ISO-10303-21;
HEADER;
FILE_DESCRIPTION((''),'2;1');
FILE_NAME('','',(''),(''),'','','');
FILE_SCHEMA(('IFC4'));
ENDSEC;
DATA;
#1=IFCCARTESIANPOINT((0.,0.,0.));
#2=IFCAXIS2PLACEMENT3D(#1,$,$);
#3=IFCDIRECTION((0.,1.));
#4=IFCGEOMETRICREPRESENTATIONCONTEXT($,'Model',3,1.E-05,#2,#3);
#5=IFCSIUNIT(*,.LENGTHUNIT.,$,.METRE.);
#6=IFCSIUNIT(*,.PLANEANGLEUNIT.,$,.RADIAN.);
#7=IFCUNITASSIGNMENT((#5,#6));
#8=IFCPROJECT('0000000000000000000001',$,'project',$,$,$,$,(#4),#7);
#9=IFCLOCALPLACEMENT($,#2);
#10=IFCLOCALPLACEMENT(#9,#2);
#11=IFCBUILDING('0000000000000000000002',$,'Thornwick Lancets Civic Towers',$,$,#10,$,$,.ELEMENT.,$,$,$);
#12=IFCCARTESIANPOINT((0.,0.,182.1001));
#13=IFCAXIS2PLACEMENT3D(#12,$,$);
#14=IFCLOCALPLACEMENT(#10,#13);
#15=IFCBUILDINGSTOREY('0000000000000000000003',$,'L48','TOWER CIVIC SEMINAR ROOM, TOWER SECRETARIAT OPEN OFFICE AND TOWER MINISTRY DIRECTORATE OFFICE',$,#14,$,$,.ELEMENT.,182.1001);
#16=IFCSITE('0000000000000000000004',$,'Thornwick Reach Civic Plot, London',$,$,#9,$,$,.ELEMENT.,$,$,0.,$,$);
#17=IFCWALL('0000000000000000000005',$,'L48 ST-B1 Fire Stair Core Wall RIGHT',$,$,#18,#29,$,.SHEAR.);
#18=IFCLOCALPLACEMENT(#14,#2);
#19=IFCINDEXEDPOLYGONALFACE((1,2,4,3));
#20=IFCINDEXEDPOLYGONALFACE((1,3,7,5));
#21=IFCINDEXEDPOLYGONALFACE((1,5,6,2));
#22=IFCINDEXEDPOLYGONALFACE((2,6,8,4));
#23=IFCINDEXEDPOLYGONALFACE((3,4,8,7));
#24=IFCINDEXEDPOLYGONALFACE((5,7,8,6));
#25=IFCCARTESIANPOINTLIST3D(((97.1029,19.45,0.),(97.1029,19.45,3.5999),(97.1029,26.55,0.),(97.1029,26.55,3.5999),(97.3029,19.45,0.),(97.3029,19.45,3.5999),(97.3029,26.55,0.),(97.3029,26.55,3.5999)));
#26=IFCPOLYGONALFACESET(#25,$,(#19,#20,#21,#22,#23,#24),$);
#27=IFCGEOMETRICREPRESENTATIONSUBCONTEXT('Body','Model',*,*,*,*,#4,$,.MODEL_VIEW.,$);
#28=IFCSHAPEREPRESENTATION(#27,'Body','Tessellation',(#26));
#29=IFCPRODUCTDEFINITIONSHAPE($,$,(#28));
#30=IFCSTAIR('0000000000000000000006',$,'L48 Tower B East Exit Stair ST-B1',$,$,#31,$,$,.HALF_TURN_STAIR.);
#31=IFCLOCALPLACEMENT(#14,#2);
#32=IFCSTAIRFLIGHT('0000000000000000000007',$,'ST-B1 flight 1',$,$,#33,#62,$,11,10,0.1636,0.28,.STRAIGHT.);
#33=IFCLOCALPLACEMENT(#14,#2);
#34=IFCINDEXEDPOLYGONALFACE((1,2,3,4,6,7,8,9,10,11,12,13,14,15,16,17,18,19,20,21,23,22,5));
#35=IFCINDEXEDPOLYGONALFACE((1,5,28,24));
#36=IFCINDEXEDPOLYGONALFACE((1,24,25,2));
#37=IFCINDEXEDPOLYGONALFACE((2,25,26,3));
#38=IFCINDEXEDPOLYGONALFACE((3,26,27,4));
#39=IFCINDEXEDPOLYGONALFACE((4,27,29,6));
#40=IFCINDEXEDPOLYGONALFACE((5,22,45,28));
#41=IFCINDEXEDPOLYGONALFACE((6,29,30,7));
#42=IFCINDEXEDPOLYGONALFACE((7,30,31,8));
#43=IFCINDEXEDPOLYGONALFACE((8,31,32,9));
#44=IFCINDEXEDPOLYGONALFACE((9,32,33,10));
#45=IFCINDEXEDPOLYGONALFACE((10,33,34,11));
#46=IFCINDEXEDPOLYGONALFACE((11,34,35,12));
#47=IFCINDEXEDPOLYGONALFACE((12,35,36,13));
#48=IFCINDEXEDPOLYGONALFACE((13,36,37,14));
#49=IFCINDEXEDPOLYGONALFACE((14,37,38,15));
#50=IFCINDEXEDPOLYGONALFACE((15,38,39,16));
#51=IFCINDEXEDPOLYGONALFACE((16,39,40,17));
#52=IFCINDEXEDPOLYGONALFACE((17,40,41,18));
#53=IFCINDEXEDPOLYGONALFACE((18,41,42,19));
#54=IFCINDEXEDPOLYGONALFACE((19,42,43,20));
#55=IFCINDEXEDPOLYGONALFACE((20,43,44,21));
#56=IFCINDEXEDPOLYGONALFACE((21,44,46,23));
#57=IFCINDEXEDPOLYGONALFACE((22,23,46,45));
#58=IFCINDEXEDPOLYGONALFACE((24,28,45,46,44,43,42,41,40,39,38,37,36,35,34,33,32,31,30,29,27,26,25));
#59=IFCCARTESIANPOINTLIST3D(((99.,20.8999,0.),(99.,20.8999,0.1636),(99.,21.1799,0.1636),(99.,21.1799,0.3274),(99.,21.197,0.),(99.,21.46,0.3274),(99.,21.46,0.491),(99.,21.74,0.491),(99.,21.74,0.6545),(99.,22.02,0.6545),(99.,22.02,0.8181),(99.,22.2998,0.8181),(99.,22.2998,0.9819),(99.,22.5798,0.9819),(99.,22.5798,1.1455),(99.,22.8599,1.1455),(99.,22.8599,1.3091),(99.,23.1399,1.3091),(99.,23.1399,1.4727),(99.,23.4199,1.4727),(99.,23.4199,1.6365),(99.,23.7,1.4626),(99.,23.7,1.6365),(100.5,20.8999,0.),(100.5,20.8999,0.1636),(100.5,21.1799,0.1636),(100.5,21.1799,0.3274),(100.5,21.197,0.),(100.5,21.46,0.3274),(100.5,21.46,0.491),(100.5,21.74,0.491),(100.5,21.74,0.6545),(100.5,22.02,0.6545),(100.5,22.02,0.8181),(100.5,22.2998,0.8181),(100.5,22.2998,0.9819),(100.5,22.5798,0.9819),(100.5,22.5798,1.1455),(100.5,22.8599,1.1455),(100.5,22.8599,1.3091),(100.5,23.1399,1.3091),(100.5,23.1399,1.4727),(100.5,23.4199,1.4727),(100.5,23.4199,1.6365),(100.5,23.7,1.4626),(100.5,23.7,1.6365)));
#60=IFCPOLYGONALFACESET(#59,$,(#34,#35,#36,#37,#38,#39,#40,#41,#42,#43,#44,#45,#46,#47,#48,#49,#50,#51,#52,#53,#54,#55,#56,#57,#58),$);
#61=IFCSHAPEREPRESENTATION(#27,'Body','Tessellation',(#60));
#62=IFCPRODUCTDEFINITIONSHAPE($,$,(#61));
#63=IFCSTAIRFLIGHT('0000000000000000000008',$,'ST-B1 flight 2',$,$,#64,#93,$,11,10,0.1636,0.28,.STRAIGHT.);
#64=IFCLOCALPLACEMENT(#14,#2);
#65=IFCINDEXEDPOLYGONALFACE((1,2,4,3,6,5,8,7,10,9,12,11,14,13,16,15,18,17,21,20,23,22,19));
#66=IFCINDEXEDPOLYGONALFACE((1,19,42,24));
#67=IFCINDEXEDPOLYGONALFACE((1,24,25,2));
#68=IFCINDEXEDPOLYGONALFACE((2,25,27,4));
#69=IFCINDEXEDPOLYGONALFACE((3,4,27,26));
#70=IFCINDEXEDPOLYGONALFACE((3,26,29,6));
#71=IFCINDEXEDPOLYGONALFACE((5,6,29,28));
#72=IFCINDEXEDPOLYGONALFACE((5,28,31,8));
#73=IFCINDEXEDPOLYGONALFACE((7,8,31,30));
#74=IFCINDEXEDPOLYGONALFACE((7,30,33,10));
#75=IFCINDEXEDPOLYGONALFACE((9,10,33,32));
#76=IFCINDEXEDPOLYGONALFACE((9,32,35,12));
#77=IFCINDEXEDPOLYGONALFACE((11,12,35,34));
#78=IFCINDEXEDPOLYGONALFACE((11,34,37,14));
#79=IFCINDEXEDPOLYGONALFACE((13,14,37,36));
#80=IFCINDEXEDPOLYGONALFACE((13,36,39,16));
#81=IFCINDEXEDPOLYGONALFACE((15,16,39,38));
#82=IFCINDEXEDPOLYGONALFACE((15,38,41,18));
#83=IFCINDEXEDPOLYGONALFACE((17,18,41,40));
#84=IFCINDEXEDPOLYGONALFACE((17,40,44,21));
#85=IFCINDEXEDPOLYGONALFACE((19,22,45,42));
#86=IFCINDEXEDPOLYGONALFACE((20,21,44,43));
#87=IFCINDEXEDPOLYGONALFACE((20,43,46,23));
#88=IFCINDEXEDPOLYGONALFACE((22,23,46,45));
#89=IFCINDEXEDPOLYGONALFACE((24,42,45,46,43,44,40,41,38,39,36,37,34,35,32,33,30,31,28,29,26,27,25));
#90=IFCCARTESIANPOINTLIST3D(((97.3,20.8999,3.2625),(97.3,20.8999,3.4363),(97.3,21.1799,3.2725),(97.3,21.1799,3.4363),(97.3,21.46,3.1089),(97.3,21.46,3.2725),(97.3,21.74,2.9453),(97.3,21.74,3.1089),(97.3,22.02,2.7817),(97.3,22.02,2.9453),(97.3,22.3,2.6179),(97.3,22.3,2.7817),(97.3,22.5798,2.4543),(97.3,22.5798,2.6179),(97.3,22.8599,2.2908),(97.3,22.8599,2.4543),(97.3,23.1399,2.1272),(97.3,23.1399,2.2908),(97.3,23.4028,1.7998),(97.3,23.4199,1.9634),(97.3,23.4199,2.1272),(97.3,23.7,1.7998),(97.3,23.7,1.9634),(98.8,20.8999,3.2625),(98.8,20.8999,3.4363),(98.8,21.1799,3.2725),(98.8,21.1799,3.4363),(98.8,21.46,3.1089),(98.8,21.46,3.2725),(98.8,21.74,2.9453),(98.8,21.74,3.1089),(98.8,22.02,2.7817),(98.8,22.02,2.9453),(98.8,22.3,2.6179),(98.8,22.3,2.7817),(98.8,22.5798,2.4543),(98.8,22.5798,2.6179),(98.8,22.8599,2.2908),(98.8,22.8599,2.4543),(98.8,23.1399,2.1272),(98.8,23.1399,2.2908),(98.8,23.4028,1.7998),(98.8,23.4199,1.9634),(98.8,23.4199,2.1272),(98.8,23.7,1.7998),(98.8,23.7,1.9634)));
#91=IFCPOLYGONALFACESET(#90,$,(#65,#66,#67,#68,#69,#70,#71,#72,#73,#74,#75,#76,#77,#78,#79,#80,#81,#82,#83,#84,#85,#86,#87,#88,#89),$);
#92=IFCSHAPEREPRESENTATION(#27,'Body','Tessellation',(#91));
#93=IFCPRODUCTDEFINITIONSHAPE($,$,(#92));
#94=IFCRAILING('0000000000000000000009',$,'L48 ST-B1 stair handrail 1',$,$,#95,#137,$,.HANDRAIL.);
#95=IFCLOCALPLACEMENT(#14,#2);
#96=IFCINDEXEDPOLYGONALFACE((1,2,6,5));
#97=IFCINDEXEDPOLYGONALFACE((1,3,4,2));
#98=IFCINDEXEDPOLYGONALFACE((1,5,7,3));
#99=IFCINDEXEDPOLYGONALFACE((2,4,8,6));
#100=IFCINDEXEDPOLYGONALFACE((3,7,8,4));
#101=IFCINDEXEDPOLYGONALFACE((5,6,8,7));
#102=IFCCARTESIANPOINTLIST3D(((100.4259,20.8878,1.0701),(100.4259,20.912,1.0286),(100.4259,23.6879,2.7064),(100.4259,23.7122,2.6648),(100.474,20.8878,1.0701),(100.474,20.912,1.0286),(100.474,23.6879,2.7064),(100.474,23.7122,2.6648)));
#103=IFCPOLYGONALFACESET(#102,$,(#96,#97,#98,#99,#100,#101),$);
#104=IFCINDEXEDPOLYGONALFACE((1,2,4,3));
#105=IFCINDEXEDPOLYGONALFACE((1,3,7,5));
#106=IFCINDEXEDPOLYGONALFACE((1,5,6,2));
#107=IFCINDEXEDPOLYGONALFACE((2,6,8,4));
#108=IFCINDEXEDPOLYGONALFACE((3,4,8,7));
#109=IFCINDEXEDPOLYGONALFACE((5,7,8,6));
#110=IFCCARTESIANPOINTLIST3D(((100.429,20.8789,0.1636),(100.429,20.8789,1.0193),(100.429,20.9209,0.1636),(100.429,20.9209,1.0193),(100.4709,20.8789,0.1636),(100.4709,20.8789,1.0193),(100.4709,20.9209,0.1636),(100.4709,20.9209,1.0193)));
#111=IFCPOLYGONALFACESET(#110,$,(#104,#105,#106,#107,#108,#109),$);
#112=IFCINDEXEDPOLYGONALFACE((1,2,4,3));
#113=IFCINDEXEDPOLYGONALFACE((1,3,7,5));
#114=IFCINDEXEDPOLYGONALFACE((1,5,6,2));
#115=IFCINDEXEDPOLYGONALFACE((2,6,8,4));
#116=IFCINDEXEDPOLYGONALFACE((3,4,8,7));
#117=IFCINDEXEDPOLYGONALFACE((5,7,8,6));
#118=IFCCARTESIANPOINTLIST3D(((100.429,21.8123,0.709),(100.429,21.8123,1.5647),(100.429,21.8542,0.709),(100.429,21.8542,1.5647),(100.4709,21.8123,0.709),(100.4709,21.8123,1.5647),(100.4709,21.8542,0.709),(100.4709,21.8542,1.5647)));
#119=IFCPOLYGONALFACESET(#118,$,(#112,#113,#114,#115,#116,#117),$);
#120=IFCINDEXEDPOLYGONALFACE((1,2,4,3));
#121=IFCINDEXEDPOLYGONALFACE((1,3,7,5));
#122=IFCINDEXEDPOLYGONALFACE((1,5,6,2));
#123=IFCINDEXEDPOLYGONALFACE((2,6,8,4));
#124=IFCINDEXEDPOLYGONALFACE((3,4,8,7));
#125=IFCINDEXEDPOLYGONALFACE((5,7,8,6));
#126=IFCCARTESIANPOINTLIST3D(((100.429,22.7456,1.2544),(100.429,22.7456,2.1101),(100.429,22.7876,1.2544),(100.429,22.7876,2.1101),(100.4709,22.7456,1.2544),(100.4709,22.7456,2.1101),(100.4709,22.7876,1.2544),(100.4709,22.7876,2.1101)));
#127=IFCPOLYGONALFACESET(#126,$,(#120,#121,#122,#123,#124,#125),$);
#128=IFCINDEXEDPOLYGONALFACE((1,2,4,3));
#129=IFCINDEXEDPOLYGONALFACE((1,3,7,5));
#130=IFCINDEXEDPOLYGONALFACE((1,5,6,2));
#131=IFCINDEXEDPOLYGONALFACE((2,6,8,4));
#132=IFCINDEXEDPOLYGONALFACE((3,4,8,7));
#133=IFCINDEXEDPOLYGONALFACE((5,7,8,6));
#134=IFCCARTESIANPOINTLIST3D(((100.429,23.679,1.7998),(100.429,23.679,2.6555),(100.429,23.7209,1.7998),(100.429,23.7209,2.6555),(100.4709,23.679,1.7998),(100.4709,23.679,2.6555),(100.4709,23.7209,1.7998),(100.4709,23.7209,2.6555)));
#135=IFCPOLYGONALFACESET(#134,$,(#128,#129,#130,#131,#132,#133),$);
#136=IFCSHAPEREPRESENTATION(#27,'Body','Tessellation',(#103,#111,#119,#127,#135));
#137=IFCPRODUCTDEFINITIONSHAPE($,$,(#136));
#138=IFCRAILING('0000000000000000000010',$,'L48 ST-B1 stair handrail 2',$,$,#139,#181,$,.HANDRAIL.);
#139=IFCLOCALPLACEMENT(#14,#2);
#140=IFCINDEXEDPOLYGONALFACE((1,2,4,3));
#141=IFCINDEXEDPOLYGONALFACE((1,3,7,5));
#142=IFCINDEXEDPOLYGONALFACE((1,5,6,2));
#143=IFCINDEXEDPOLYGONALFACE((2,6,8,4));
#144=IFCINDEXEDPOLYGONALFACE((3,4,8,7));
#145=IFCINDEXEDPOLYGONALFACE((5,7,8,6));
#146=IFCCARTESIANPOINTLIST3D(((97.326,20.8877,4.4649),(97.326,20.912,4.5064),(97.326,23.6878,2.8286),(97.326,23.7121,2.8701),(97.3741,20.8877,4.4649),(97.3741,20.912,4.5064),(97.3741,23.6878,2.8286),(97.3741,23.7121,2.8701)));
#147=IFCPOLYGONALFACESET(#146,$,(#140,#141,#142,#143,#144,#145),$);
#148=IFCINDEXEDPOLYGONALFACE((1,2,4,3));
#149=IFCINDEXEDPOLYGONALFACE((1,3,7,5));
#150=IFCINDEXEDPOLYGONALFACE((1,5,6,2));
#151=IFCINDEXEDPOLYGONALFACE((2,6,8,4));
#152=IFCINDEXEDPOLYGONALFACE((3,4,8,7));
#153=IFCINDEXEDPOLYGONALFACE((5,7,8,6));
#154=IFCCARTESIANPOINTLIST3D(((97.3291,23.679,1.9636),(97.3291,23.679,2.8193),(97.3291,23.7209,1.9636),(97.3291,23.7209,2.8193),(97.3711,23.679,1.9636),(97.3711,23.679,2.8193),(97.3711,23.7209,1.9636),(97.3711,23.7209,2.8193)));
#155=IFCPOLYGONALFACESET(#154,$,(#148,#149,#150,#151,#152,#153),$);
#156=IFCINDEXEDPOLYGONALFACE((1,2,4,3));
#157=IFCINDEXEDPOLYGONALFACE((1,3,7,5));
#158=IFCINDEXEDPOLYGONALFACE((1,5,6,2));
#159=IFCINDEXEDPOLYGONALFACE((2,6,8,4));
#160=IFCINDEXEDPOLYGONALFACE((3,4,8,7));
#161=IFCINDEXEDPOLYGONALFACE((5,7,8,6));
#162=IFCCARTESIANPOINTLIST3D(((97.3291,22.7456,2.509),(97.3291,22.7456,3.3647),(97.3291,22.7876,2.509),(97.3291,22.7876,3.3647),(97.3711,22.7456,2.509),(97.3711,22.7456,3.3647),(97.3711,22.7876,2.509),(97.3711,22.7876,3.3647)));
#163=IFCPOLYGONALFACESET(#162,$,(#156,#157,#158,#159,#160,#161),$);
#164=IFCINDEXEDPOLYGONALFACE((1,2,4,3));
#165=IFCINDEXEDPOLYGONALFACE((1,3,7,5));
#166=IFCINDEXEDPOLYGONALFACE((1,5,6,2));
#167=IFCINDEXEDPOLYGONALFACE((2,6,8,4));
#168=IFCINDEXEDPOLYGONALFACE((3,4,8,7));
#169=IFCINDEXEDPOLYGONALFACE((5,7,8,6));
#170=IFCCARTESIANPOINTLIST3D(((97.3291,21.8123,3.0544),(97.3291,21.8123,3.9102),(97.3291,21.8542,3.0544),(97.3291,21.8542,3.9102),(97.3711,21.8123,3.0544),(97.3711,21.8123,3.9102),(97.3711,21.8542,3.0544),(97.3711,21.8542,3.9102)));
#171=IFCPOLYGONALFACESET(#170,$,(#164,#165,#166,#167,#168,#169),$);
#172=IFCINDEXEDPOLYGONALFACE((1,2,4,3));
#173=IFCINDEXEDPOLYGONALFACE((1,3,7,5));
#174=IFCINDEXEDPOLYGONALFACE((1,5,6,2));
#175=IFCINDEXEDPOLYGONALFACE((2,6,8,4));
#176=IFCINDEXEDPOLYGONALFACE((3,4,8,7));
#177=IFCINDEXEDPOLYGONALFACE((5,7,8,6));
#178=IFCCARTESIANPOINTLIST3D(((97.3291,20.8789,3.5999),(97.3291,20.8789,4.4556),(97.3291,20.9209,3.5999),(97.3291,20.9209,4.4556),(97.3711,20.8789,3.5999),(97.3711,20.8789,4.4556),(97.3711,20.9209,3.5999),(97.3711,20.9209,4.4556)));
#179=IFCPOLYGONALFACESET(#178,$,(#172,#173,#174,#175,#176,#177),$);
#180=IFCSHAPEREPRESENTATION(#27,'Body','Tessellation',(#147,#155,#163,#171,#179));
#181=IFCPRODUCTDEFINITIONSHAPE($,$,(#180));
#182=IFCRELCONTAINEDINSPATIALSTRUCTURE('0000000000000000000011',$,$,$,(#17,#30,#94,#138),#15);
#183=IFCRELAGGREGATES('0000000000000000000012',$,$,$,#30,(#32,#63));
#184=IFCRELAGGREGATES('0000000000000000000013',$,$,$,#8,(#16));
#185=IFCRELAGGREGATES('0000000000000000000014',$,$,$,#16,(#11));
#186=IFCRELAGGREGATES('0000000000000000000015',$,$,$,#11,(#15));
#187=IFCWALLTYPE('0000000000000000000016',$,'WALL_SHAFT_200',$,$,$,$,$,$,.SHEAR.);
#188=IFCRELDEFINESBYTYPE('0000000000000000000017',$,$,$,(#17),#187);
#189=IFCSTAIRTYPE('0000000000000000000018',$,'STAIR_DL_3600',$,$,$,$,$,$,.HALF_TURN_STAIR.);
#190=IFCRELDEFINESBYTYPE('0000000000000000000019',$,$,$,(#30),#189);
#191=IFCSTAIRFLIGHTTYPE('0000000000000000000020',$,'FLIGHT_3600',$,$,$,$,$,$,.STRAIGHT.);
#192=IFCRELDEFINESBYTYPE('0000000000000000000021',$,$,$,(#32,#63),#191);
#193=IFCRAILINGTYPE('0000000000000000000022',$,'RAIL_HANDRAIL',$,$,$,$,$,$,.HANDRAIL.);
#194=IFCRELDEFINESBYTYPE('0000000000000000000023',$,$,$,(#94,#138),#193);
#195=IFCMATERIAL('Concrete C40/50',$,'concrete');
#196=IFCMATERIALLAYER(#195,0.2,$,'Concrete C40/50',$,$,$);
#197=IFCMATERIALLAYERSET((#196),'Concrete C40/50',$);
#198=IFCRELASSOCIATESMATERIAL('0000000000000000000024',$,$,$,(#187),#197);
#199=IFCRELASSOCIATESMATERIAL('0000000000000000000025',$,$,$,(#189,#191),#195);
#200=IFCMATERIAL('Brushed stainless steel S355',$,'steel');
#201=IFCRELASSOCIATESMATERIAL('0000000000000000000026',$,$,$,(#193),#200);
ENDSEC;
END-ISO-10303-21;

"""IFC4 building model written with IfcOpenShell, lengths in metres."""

from ifc_helpers import new_model, si_unit, direction, frame, frame_2d, origin, origin_2d, place, context, subcontext, project, spatial, polyline, rectangle, outline, extrude, material, layer, layer_set, type_object, element, aggregate, save


model = new_model("IFC4")

# Units and contexts
model_context = context("Model", 3, precision=1e-05, world=origin(), true_north=direction((0.0, 1.0)))
body_context = subcontext(model_context, "Body", "Model", "MODEL_VIEW")
ifc_project = project(units=[si_unit("LENGTHUNIT", "METRE"), si_unit("PLANEANGLEUNIT", "RADIAN")], contexts=[model_context])

# Site, building, storey
site_placement = place(None, origin())
site = spatial("IfcSite", under=ifc_project, at=site_placement, Name="Thornwick Reach Civic Plot, London", CompositionType="ELEMENT", RefElevation=0.0)
building_placement = place(site_placement, origin())
building = spatial("IfcBuilding", under=site, at=building_placement, Name="Thornwick Lancets Civic Towers", CompositionType="ELEMENT")
storey_placement = place(building_placement, frame((0.0, 0.0, 182.1001)))
storey = spatial("IfcBuildingStorey", under=building, at=storey_placement, Name="L48", Description="TOWER CIVIC SEMINAR ROOM, TOWER SECRETARIAT OPEN OFFICE AND TOWER MINISTRY DIRECTORATE OFFICE", CompositionType="ELEMENT", Elevation=182.1001)

# Shared definitions
ifc_material_1 = material(Name="Concrete C40/50", Category="concrete")

# Shared definitions
ifc_layer_1 = layer(ifc_material_1, 0.2, Name="Concrete C40/50")
ifc_layer_set_1 = layer_set([ifc_layer_1], Name="Concrete C40/50")
wall_type_1 = type_object("IfcWallType", Name="WALL_SHAFT_200", PredefinedType="SHEAR", material=ifc_layer_set_1)

# Wall
wall_1_placement = place(storey_placement, frame((97.2029, 26.55, 0.0), z_axis=(0.0, 0.0, 1.0), x_axis=(0.0, -1.0, 0.0)))
element("IfcWall", 1, at=wall_1_placement, inside=storey, type_object=wall_type_1, Name="L48 ST-B1 Fire Stair Core Wall RIGHT", PredefinedType="SHEAR", context=body_context, shape_type="SweptSolid", body=[
    extrude(rectangle(XDim=7.1001, YDim=0.2, at=frame_2d((3.55, 0.0))), origin(), (0.0, 0.0, 1.0), 3.5999),
])

# Stair, stair flights
stair_type = type_object("IfcStairType", Name="STAIR_DL_3600", PredefinedType="HALF_TURN_STAIR", material=ifc_material_1)
stair_placement = place(storey_placement, origin())
stair = element("IfcStair", 2, at=stair_placement, inside=storey, type_object=stair_type, Name="L48 Tower B East Exit Stair ST-B1", PredefinedType="HALF_TURN_STAIR")
stair_flight_type = type_object("IfcStairFlightType", Name="FLIGHT_3600", PredefinedType="STRAIGHT", material=ifc_material_1)
stair_flight_1_placement = place(storey_placement, frame((99.75, 20.8999, 0.0), z_axis=(0.0, 0.0, 1.0), x_axis=(0.0, 1.0, 0.0)))
stair_flight_1 = element("IfcStairFlight", 3, at=stair_flight_1_placement, type_object=stair_flight_type, Name="ST-B1 flight 1", NumberOfRisers=11, NumberOfTreads=10, PredefinedType="STRAIGHT", RiserHeight=0.1636, TreadLength=0.28, context=body_context, shape_type="SweptSolid", body=[
    extrude(outline(polyline([(0.0, 0.0), (0.0, 0.1636), (0.28, 0.1636), (0.28, 0.3274), (0.5601, 0.3274), (0.5601, 0.491), (0.8401, 0.491), (0.8401, 0.6545), (1.1201, 0.6545), (1.1201, 0.8181), (1.3999, 0.8181), (1.3999, 0.9819), (1.6799, 0.9819), (1.6799, 1.1455), (1.96, 1.1455), (1.96, 1.3091), (2.24, 1.3091), (2.24, 1.4727), (2.52, 1.4727), (2.52, 1.6365), (2.8, 1.6365), (2.8, 1.8), (2.8, 1.4626), (0.2971, 0.0), (0.0, 0.0)])), frame((0.0, 0.75, 0.0), z_axis=(0.0, -1.0, 0.0), x_axis=(1.0, 0.0, 0.0)), (0.0, 0.0, 1.0), 1.5),
])
stair_flight_2_placement = place(storey_placement, frame((98.05, 23.7, 1.7998), z_axis=(0.0, 0.0, 1.0), x_axis=(0.0, -1.0, 0.0)))
stair_flight_2 = element("IfcStairFlight", 4, at=stair_flight_2_placement, type_object=stair_flight_type, Name="ST-B1 flight 2", NumberOfRisers=11, NumberOfTreads=10, PredefinedType="STRAIGHT", RiserHeight=0.1636, TreadLength=0.28, context=body_context, shape_type="SweptSolid", body=[
    extrude(outline(polyline([(0.0, 0.0), (0.0, 0.1636), (0.28, 0.1636), (0.28, 0.3274), (0.5601, 0.3274), (0.5601, 0.491), (0.8401, 0.491), (0.8401, 0.6545), (1.1201, 0.6545), (1.1201, 0.8181), (1.3999, 0.8181), (1.3999, 0.9819), (1.6799, 0.9819), (1.6799, 1.1455), (1.96, 1.1455), (1.96, 1.3091), (2.24, 1.3091), (2.24, 1.4727), (2.52, 1.4727), (2.52, 1.6365), (2.8, 1.6365), (2.8, 1.8), (2.8, 1.4626), (0.2971, 0.0), (0.0, 0.0)])), frame((0.0, 0.75, 0.0), z_axis=(0.0, -1.0, 0.0), x_axis=(1.0, 0.0, 0.0)), (0.0, 0.0, 1.0), 1.5),
])
aggregate(stair, [stair_flight_1, stair_flight_2])

# Railings
ifc_material_2 = material(Name="Brushed stainless steel S355", Category="steel")
railing_type_1 = type_object("IfcRailingType", Name="RAIL_HANDRAIL", PredefinedType="HANDRAIL", material=ifc_material_2)
railing_1_placement = place(storey_placement, frame((100.45, 20.8999, 0.1636)))
element("IfcRailing", 5, at=railing_1_placement, inside=storey, type_object=railing_type_1, Name="L48 ST-B1 stair handrail 1", PredefinedType="HANDRAIL", context=body_context, shape_type="SweptSolid", body=[
    extrude(rectangle(XDim=0.0481, YDim=0.0481, at=origin_2d()), frame((0.0, 0.0, 0.8857), z_axis=(0.0, 0.863394, 0.504531), x_axis=(-1.0, 0.0, 0.0)), (0.0, 0.0, 1.0), 3.2432),
    extrude(rectangle(XDim=0.042, YDim=0.042, at=origin_2d()), origin(), (0.0, 0.0, 1.0), 0.8557),
    extrude(rectangle(XDim=0.042, YDim=0.042, at=origin_2d()), frame((0.0, 0.9333, 0.5454)), (0.0, 0.0, 1.0), 0.8557),
    extrude(rectangle(XDim=0.042, YDim=0.042, at=origin_2d()), frame((0.0, 1.8667, 1.0908)), (0.0, 0.0, 1.0), 0.8557),
    extrude(rectangle(XDim=0.042, YDim=0.042, at=origin_2d()), frame((0.0, 2.8, 1.6362)), (0.0, 0.0, 1.0), 0.8557),
])
railing_2_placement = place(storey_placement, frame((97.3501, 23.7, 1.9636)))
element("IfcRailing", 6, at=railing_2_placement, inside=storey, type_object=railing_type_1, Name="L48 ST-B1 stair handrail 2", PredefinedType="HANDRAIL", context=body_context, shape_type="SweptSolid", body=[
    extrude(rectangle(XDim=0.0481, YDim=0.0481, at=origin_2d()), frame((0.0, 0.0, 0.8857), z_axis=(0.0, -0.863394, 0.504531), x_axis=(1.0, 0.0, 0.0)), (0.0, 0.0, 1.0), 3.2432),
    extrude(rectangle(XDim=0.042, YDim=0.042, at=origin_2d()), origin(), (0.0, 0.0, 1.0), 0.8557),
    extrude(rectangle(XDim=0.042, YDim=0.042, at=origin_2d()), frame((0.0, -0.9333, 0.5454)), (0.0, 0.0, 1.0), 0.8557),
    extrude(rectangle(XDim=0.042, YDim=0.042, at=origin_2d()), frame((0.0, -1.8667, 1.0908)), (0.0, 0.0, 1.0), 0.8557),
    extrude(rectangle(XDim=0.042, YDim=0.042, at=origin_2d()), frame((0.0, -2.8, 1.6362)), (0.0, 0.0, 1.0), 0.8557),
])

save(model, "model.ifc")
